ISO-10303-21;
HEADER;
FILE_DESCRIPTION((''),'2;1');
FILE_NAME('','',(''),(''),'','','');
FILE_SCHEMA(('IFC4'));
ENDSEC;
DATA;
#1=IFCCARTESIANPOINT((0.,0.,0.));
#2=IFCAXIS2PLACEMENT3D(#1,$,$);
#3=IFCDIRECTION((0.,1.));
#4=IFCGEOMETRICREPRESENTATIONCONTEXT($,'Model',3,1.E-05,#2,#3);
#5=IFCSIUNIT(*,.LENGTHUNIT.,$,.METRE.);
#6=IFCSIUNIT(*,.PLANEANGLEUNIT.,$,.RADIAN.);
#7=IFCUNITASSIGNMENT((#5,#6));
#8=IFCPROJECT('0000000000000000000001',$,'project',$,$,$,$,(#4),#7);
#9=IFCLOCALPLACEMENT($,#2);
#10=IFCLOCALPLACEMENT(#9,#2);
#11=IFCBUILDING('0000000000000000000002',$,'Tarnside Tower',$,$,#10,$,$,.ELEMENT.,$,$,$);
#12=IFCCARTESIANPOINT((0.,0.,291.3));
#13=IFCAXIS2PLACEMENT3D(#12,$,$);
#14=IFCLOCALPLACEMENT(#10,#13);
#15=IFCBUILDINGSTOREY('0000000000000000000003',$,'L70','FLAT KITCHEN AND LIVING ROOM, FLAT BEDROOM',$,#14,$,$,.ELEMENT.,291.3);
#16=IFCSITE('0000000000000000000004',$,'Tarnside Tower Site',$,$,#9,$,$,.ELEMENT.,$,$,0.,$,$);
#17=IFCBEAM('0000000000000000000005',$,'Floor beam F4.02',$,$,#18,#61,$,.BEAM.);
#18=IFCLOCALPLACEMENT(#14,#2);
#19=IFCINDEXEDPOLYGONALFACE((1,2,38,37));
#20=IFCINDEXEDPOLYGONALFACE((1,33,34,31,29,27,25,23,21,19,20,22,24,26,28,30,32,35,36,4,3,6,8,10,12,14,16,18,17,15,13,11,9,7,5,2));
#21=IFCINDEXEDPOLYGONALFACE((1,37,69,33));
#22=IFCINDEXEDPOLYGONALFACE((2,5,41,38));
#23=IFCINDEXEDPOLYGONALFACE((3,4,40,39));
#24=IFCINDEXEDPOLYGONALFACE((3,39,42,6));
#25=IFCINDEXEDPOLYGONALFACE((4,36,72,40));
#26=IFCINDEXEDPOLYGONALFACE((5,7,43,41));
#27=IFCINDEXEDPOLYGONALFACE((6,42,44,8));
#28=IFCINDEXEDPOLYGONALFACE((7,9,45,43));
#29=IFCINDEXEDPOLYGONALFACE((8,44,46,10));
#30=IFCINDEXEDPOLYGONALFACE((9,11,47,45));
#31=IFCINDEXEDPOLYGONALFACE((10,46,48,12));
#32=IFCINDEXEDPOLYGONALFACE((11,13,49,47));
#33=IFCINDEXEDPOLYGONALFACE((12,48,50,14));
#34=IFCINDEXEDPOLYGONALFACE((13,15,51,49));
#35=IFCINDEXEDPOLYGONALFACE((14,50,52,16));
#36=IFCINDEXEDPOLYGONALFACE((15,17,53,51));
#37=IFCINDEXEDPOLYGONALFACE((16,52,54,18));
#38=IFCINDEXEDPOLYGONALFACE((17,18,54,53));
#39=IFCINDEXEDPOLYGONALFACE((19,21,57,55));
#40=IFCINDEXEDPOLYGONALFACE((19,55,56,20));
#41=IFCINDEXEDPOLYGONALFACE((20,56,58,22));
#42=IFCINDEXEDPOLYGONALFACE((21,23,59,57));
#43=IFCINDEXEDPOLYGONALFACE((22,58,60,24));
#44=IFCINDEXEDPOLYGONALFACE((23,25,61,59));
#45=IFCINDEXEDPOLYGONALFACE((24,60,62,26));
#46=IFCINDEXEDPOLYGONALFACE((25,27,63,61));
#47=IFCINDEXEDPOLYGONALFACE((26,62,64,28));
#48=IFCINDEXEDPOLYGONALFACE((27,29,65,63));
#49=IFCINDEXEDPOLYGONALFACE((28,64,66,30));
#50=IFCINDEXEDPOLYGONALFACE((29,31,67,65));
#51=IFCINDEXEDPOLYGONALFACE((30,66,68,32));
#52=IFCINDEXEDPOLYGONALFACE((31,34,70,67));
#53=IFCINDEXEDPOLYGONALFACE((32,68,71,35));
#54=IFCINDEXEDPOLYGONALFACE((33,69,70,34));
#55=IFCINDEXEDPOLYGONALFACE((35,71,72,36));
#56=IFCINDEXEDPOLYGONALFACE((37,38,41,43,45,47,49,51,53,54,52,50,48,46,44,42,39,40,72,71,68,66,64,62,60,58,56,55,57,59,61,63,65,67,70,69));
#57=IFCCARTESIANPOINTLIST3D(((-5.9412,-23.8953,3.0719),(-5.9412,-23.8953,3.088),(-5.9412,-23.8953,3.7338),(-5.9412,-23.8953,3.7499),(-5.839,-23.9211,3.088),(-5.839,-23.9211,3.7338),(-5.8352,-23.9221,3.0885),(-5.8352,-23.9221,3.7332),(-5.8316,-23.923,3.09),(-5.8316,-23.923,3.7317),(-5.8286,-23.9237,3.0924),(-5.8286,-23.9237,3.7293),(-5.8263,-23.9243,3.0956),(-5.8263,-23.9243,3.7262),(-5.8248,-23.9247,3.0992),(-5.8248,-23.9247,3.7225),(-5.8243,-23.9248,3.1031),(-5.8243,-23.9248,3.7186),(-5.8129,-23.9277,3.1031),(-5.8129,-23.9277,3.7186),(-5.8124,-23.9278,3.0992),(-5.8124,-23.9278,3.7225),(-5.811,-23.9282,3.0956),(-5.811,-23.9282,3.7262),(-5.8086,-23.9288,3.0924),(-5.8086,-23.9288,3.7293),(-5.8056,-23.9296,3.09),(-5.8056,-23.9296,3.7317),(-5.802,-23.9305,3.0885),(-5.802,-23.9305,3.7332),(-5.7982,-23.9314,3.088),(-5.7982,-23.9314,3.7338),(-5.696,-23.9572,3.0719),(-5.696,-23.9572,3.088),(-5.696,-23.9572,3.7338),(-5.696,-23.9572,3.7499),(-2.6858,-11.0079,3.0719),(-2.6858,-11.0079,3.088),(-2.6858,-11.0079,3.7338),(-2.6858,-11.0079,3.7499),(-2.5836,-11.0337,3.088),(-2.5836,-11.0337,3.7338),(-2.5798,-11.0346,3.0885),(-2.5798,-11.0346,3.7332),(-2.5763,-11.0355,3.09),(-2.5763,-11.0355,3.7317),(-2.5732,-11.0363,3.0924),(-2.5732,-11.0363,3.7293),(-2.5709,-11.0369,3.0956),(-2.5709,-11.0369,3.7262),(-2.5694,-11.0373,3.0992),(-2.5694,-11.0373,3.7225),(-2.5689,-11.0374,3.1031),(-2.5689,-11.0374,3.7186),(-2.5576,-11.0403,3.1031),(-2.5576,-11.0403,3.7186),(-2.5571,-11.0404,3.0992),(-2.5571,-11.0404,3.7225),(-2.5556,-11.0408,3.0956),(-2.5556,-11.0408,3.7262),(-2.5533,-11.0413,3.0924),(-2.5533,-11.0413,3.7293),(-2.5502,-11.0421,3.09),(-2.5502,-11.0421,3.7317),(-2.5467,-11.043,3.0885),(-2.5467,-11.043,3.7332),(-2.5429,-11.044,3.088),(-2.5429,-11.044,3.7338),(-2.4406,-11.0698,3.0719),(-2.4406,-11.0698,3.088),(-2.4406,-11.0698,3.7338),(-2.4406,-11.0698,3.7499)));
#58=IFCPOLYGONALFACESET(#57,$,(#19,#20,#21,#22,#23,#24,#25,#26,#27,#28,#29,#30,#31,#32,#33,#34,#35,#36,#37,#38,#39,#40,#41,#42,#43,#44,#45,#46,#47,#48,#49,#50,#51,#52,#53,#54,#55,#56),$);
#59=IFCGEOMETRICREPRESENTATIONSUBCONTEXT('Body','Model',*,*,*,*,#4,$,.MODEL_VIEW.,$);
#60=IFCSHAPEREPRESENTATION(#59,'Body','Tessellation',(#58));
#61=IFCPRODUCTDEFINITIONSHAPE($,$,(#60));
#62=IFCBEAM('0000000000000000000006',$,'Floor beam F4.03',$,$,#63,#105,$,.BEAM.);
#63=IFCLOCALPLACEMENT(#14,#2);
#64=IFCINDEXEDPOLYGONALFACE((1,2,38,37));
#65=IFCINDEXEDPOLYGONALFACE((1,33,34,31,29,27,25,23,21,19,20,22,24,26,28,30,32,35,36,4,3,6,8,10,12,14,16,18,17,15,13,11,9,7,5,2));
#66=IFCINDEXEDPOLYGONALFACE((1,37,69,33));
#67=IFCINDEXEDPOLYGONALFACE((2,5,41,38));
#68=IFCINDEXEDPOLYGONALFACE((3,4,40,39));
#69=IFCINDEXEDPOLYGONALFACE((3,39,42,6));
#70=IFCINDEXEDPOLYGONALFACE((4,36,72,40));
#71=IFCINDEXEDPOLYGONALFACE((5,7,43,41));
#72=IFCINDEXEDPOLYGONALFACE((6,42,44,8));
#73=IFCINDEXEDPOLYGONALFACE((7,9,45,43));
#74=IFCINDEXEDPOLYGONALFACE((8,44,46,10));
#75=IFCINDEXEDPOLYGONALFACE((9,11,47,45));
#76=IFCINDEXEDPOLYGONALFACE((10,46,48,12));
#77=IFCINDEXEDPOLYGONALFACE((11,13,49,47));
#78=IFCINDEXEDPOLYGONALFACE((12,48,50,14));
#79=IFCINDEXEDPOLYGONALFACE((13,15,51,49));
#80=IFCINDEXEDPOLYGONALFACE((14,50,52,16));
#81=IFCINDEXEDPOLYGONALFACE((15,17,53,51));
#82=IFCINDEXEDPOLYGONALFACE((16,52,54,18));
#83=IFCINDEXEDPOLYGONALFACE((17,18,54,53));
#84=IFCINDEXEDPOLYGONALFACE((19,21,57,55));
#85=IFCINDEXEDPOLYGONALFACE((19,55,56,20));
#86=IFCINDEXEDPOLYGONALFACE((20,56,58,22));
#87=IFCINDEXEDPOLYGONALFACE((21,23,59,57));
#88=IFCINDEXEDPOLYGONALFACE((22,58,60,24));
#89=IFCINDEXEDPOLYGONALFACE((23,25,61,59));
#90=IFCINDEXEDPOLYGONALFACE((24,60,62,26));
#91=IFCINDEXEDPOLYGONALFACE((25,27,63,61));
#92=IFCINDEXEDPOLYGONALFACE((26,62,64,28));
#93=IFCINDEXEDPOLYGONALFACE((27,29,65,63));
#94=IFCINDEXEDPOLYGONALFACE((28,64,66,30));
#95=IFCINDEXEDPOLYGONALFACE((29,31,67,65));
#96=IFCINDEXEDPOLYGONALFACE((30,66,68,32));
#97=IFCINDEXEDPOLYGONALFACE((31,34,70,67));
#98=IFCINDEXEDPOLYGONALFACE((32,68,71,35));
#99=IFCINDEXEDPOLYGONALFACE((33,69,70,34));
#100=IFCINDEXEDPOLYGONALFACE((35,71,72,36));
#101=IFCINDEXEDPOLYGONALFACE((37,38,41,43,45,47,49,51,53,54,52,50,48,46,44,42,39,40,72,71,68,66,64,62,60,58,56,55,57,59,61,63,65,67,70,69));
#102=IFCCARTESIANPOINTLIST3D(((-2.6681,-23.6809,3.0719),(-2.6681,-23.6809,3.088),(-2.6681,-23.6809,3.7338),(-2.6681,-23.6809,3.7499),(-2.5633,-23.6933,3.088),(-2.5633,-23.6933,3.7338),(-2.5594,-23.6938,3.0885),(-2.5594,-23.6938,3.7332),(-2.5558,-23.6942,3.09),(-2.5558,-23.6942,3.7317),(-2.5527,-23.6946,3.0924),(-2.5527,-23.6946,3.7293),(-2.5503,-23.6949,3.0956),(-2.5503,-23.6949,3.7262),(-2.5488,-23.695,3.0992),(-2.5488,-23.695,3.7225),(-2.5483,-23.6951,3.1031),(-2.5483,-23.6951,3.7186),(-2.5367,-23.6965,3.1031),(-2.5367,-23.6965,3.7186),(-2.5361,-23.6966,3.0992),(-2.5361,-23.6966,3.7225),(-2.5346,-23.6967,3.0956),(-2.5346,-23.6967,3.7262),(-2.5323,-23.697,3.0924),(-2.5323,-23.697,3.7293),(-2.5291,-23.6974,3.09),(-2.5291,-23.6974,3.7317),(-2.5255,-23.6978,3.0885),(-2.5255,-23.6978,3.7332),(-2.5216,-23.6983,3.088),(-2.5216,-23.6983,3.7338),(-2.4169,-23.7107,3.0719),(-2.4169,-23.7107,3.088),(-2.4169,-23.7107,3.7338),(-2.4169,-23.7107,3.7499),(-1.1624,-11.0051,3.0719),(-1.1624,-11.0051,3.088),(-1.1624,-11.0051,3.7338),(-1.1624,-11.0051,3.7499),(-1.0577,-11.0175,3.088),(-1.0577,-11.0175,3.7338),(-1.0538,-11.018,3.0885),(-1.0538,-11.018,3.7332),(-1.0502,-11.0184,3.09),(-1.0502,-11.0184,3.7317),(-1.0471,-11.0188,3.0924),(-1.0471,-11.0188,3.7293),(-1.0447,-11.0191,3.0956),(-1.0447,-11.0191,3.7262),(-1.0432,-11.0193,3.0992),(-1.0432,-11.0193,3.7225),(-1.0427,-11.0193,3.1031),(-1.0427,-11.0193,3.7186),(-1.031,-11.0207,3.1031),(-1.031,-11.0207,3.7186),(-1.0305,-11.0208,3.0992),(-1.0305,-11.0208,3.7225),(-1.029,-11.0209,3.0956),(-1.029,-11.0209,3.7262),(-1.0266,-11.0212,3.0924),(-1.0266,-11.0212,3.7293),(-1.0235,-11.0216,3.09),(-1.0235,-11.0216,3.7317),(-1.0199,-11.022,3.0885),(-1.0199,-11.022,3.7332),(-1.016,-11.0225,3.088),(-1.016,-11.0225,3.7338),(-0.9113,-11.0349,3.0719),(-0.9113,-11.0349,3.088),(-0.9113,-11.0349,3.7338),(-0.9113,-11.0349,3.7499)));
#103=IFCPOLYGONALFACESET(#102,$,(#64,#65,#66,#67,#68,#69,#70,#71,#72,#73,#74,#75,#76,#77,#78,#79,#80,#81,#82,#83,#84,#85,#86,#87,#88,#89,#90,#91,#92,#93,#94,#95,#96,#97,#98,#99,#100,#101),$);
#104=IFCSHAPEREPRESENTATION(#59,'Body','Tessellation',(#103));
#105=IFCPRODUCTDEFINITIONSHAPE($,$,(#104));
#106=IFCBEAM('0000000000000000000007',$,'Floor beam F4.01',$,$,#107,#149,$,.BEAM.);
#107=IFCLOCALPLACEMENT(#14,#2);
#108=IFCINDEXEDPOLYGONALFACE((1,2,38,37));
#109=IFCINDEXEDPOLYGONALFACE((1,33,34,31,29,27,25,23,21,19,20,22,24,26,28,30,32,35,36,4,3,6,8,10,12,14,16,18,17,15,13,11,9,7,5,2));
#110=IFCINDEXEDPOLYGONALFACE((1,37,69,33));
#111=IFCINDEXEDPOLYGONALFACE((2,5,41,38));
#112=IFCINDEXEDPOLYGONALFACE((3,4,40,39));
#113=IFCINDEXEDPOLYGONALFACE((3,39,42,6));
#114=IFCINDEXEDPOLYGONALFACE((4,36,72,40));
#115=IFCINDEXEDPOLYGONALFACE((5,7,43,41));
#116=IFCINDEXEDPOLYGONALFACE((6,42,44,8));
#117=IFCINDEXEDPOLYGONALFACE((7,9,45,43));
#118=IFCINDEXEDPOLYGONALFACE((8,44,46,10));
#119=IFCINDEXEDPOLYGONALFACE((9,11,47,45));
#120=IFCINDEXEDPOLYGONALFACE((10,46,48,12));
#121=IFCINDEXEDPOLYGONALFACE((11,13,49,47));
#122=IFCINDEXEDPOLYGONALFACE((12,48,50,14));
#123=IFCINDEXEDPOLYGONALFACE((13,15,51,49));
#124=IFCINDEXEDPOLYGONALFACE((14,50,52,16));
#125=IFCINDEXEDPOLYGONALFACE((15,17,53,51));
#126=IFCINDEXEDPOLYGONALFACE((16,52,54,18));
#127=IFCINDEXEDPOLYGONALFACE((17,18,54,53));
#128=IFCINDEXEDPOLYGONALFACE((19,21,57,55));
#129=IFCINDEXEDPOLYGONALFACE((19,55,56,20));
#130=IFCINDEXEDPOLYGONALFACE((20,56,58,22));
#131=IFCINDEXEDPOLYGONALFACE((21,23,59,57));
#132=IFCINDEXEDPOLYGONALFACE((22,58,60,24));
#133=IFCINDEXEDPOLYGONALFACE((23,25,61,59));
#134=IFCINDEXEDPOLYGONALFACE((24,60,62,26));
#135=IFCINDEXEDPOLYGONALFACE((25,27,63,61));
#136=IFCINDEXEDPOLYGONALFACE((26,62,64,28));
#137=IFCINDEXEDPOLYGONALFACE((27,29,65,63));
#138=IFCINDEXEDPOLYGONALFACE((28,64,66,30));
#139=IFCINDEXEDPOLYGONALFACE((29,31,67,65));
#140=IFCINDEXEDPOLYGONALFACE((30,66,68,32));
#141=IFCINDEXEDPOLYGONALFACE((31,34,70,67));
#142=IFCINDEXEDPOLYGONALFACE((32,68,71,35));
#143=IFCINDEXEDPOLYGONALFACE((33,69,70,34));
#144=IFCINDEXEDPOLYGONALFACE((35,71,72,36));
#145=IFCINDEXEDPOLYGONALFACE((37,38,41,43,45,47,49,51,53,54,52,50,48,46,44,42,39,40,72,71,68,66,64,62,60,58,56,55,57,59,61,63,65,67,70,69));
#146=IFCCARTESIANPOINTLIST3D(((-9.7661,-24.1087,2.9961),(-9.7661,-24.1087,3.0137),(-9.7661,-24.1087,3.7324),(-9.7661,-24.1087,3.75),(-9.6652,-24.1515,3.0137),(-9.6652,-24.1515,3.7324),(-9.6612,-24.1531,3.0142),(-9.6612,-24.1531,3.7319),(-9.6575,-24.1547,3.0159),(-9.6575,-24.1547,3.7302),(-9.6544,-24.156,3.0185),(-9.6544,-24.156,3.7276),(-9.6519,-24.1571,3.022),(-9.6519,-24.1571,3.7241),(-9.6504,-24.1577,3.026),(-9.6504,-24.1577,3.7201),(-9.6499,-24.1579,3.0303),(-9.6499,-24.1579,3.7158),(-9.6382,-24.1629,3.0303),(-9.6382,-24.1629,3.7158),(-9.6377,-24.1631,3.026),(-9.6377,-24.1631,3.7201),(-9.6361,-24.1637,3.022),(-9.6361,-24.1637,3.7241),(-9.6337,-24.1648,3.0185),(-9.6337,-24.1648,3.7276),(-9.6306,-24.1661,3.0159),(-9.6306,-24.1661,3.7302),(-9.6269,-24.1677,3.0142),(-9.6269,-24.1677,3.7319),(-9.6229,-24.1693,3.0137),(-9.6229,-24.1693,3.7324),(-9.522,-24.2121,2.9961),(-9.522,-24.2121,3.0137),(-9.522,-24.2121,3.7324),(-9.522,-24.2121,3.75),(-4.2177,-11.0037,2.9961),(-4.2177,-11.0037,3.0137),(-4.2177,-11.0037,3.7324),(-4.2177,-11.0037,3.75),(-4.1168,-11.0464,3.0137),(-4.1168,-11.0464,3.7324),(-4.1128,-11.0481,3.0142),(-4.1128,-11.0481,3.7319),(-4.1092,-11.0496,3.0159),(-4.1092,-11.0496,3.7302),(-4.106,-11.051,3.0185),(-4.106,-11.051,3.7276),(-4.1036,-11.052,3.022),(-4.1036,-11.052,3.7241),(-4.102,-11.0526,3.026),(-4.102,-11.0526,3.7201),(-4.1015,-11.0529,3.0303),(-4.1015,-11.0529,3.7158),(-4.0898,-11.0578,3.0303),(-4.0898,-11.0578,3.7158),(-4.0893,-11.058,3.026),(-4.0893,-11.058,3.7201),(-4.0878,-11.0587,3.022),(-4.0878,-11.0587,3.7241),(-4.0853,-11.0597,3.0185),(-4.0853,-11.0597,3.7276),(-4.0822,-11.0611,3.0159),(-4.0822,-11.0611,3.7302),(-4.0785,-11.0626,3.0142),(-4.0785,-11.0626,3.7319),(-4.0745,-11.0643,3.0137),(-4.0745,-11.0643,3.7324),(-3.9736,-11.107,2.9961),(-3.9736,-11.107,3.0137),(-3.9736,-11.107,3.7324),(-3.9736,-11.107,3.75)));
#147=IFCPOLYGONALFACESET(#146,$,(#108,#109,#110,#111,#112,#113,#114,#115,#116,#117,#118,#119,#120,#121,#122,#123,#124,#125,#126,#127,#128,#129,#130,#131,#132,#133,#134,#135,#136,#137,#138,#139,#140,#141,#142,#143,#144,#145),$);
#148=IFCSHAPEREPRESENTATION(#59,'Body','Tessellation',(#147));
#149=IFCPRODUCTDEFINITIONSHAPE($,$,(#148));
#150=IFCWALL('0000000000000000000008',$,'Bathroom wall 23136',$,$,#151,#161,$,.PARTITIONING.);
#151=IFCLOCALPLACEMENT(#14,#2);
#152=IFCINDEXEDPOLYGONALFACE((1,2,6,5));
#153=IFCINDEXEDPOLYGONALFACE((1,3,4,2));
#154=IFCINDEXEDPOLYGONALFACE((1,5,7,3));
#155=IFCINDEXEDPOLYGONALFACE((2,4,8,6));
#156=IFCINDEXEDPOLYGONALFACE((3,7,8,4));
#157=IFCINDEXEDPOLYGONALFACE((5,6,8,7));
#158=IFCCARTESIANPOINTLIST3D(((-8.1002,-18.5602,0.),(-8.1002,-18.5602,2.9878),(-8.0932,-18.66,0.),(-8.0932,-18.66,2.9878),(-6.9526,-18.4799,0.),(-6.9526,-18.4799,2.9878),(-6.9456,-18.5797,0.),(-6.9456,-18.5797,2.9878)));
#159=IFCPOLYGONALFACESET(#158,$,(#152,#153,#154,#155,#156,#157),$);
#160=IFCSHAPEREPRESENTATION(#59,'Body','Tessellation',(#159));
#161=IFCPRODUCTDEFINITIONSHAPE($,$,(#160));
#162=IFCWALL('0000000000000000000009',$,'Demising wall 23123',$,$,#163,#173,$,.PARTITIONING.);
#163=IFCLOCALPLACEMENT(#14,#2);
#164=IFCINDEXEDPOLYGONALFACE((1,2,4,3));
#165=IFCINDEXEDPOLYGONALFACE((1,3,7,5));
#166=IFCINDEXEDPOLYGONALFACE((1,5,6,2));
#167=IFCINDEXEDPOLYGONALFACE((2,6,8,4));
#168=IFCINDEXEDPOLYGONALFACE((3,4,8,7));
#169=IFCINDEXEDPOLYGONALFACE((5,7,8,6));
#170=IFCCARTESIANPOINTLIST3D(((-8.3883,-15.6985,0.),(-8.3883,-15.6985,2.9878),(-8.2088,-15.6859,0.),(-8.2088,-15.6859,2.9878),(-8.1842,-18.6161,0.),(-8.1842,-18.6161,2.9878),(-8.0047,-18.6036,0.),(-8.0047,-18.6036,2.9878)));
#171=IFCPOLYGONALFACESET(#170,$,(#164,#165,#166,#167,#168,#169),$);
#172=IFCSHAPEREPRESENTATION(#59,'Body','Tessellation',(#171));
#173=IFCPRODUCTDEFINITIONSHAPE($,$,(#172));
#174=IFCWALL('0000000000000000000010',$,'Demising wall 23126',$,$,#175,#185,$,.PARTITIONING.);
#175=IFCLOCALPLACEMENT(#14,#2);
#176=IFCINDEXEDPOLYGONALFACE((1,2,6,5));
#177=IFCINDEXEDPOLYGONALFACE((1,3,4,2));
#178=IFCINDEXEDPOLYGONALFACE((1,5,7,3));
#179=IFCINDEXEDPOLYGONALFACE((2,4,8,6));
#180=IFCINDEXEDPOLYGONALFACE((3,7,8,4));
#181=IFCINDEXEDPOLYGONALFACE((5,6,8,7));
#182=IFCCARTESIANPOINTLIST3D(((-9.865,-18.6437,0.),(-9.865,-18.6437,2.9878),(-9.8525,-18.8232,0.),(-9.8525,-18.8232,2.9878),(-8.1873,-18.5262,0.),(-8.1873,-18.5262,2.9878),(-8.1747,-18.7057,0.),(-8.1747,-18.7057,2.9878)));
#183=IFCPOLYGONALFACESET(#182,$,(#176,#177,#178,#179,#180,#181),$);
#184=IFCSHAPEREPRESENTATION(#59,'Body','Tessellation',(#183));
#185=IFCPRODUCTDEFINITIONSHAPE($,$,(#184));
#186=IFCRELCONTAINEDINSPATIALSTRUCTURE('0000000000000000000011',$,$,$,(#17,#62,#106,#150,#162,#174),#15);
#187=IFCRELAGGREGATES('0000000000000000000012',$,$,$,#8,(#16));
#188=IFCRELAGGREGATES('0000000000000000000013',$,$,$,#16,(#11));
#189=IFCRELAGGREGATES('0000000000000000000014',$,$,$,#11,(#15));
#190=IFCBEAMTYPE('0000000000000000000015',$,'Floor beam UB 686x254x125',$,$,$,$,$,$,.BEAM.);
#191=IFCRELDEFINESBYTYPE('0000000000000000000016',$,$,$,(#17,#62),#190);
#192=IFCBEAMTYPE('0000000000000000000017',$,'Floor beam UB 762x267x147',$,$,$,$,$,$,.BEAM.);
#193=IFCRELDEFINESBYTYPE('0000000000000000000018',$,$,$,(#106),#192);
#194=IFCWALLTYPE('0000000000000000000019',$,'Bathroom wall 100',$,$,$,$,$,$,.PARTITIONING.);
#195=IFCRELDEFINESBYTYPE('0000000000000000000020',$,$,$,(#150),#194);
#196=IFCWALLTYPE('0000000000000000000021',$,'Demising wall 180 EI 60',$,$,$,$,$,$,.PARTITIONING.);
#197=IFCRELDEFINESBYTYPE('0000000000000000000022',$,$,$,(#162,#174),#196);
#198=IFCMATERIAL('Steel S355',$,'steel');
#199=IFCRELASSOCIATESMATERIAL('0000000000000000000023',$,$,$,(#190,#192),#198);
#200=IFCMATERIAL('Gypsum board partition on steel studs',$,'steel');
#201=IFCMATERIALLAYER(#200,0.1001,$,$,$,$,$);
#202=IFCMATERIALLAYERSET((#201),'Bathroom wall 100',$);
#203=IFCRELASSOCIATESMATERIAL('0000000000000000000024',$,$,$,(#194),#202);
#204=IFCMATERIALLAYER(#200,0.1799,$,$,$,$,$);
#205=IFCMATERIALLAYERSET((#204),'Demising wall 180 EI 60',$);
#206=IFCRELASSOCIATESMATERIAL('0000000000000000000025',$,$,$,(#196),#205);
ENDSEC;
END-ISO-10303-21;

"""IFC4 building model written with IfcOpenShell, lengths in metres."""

from ifc_helpers import new_model, si_unit, direction, frame, frame_2d, origin, origin_2d, place, context, subcontext, project, spatial, rectangle, i_section, extrude, material, layer, layer_set, material_profile, profile_set, type_object, element, save


model = new_model("IFC4")

# Units and contexts
model_context = context("Model", 3, precision=1e-05, world=origin(), true_north=direction((0.0, 1.0)))
body_context = subcontext(model_context, "Body", "Model", "MODEL_VIEW")
ifc_project = project(units=[si_unit("LENGTHUNIT", "METRE"), si_unit("PLANEANGLEUNIT", "RADIAN")], contexts=[model_context])

# Site, building, storey
site_placement = place(None, origin())
site = spatial("IfcSite", under=ifc_project, at=site_placement, Name="Tarnside Tower Site", CompositionType="ELEMENT", RefElevation=0.0)
building_placement = place(site_placement, origin())
building = spatial("IfcBuilding", under=site, at=building_placement, Name="Tarnside Tower", CompositionType="ELEMENT")
storey_placement = place(building_placement, frame((0.0, 0.0, 291.3)))
storey = spatial("IfcBuildingStorey", under=building, at=storey_placement, Name="L70", Description="FLAT KITCHEN AND LIVING ROOM, FLAT BEDROOM", CompositionType="ELEMENT", Elevation=291.3)

# Beams
ifc_material_1 = material(Name="Steel S355", Category="steel")
ifc_material_profile_1 = material_profile(ifc_material_1, i_section(OverallWidth=0.2529, OverallDepth=0.678, WebThickness=0.0117, FlangeThickness=0.0161, FilletRadius=0.0151, at=origin_2d()), Name="UB 686x254x125")
ifc_profile_set_1 = profile_set([ifc_material_profile_1], Name="Steel S355")
beam_type_1 = type_object("IfcBeamType", Name="Floor beam UB 686x254x125", PredefinedType="BEAM", material=ifc_profile_set_1)
beam_1_placement = place(storey_placement, frame((-5.8186, -23.9263, 3.4109), z_axis=(0.244908, 0.969546, 0.0), x_axis=(-0.969546, 0.244908, 0.0)))
element("IfcBeam", 1, at=beam_1_placement, inside=storey, type_object=beam_type_1, Name="Floor beam F4.02", PredefinedType="BEAM", context=body_context, shape_type="SweptSolid", body=[
    extrude(i_section(OverallWidth=0.2529, OverallDepth=0.678, WebThickness=0.0117, FlangeThickness=0.0161, FilletRadius=0.0151, at=origin_2d()), origin(), (0.0, 0.0, 1.0), 13.2922),
])
beam_2_placement = place(storey_placement, frame((-2.5425, -23.6958, 3.4109), z_axis=(0.11795, 0.99302, 0.0), x_axis=(-0.99302, 0.11795, 0.0)))
element("IfcBeam", 2, at=beam_2_placement, inside=storey, type_object=beam_type_1, Name="Floor beam F4.03", PredefinedType="BEAM", context=body_context, shape_type="SweptSolid", body=[
    extrude(i_section(OverallWidth=0.2529, OverallDepth=0.678, WebThickness=0.0117, FlangeThickness=0.0161, FilletRadius=0.0151, at=origin_2d()), origin(), (0.0, 0.0, 1.0), 12.7649),
])
ifc_material_profile_2 = material_profile(ifc_material_1, i_section(OverallWidth=0.2651, OverallDepth=0.7539, WebThickness=0.0127, FlangeThickness=0.0176, FilletRadius=0.0166, at=origin_2d()), Name="UB 762x267x147")
ifc_profile_set_2 = profile_set([ifc_material_profile_2], Name="Steel S355")
beam_type_2 = type_object("IfcBeamType", Name="Floor beam UB 762x267x147", PredefinedType="BEAM", material=ifc_profile_set_2)
beam_3_placement = place(storey_placement, frame((-9.644, -24.1604, 3.373), z_axis=(0.389874, 0.920868, 0.0), x_axis=(-0.920868, 0.389874, 0.0)))
element("IfcBeam", 3, at=beam_3_placement, inside=storey, type_object=beam_type_2, Name="Floor beam F4.01", PredefinedType="BEAM", context=body_context, shape_type="SweptSolid", body=[
    extrude(i_section(OverallWidth=0.2651, OverallDepth=0.7539, WebThickness=0.0127, FlangeThickness=0.0176, FilletRadius=0.0166, at=origin_2d()), origin(), (0.0, 0.0, 1.0), 14.2312),
])

# Walls
ifc_material_2 = material(Name="Gypsum board partition on steel studs", Category="steel")
ifc_layer_1 = layer(ifc_material_2, 0.1001)
ifc_layer_set_1 = layer_set([ifc_layer_1], Name="Bathroom wall 100")
wall_type_1 = type_object("IfcWallType", Name="Bathroom wall 100", PredefinedType="PARTITIONING", material=ifc_layer_set_1)
wall_1_placement = place(storey_placement, frame((-8.0967, -18.6101, 0.0), z_axis=(0.0, 0.0, 1.0), x_axis=(0.99756, 0.069814, 0.0)))
element("IfcWall", 4, at=wall_1_placement, inside=storey, type_object=wall_type_1, Name="Bathroom wall 23136", PredefinedType="PARTITIONING", context=body_context, shape_type="SweptSolid", body=[
    extrude(rectangle(XDim=1.1504, YDim=0.1001, at=frame_2d((0.5752, 0.0))), origin(), (0.0, 0.0, 1.0), 2.9878),
])
ifc_layer_2 = layer(ifc_material_2, 0.1799)
ifc_layer_set_2 = layer_set([ifc_layer_2], Name="Demising wall 180 EI 60")
wall_type_2 = type_object("IfcWallType", Name="Demising wall 180 EI 60", PredefinedType="PARTITIONING", material=ifc_layer_set_2)
wall_2_placement = place(storey_placement, frame((-8.0945, -18.6099, 0.0), z_axis=(0.0, 0.0, 1.0), x_axis=(-0.069782, 0.997562, 0.0)))
element("IfcWall", 5, at=wall_2_placement, inside=storey, type_object=wall_type_2, Name="Demising wall 23123", PredefinedType="PARTITIONING", context=body_context, shape_type="SweptSolid", body=[
    extrude(rectangle(XDim=2.9248, YDim=0.1799, at=frame_2d((1.4624, 0.0))), origin(), (0.0, 0.0, 1.0), 2.9878),
])
wall_3_placement = place(storey_placement, frame((-9.8586, -18.7334, 0.0), z_axis=(0.0, 0.0, 1.0), x_axis=(0.997559, 0.069823, 0.0)))
element("IfcWall", 6, at=wall_3_placement, inside=storey, type_object=wall_type_2, Name="Demising wall 23126", PredefinedType="PARTITIONING", context=body_context, shape_type="SweptSolid", body=[
    extrude(rectangle(XDim=1.6819, YDim=0.1799, at=frame_2d((0.8408, 0.0))), origin(), (0.0, 0.0, 1.0), 2.9878),
])

save(model, "model.ifc")
